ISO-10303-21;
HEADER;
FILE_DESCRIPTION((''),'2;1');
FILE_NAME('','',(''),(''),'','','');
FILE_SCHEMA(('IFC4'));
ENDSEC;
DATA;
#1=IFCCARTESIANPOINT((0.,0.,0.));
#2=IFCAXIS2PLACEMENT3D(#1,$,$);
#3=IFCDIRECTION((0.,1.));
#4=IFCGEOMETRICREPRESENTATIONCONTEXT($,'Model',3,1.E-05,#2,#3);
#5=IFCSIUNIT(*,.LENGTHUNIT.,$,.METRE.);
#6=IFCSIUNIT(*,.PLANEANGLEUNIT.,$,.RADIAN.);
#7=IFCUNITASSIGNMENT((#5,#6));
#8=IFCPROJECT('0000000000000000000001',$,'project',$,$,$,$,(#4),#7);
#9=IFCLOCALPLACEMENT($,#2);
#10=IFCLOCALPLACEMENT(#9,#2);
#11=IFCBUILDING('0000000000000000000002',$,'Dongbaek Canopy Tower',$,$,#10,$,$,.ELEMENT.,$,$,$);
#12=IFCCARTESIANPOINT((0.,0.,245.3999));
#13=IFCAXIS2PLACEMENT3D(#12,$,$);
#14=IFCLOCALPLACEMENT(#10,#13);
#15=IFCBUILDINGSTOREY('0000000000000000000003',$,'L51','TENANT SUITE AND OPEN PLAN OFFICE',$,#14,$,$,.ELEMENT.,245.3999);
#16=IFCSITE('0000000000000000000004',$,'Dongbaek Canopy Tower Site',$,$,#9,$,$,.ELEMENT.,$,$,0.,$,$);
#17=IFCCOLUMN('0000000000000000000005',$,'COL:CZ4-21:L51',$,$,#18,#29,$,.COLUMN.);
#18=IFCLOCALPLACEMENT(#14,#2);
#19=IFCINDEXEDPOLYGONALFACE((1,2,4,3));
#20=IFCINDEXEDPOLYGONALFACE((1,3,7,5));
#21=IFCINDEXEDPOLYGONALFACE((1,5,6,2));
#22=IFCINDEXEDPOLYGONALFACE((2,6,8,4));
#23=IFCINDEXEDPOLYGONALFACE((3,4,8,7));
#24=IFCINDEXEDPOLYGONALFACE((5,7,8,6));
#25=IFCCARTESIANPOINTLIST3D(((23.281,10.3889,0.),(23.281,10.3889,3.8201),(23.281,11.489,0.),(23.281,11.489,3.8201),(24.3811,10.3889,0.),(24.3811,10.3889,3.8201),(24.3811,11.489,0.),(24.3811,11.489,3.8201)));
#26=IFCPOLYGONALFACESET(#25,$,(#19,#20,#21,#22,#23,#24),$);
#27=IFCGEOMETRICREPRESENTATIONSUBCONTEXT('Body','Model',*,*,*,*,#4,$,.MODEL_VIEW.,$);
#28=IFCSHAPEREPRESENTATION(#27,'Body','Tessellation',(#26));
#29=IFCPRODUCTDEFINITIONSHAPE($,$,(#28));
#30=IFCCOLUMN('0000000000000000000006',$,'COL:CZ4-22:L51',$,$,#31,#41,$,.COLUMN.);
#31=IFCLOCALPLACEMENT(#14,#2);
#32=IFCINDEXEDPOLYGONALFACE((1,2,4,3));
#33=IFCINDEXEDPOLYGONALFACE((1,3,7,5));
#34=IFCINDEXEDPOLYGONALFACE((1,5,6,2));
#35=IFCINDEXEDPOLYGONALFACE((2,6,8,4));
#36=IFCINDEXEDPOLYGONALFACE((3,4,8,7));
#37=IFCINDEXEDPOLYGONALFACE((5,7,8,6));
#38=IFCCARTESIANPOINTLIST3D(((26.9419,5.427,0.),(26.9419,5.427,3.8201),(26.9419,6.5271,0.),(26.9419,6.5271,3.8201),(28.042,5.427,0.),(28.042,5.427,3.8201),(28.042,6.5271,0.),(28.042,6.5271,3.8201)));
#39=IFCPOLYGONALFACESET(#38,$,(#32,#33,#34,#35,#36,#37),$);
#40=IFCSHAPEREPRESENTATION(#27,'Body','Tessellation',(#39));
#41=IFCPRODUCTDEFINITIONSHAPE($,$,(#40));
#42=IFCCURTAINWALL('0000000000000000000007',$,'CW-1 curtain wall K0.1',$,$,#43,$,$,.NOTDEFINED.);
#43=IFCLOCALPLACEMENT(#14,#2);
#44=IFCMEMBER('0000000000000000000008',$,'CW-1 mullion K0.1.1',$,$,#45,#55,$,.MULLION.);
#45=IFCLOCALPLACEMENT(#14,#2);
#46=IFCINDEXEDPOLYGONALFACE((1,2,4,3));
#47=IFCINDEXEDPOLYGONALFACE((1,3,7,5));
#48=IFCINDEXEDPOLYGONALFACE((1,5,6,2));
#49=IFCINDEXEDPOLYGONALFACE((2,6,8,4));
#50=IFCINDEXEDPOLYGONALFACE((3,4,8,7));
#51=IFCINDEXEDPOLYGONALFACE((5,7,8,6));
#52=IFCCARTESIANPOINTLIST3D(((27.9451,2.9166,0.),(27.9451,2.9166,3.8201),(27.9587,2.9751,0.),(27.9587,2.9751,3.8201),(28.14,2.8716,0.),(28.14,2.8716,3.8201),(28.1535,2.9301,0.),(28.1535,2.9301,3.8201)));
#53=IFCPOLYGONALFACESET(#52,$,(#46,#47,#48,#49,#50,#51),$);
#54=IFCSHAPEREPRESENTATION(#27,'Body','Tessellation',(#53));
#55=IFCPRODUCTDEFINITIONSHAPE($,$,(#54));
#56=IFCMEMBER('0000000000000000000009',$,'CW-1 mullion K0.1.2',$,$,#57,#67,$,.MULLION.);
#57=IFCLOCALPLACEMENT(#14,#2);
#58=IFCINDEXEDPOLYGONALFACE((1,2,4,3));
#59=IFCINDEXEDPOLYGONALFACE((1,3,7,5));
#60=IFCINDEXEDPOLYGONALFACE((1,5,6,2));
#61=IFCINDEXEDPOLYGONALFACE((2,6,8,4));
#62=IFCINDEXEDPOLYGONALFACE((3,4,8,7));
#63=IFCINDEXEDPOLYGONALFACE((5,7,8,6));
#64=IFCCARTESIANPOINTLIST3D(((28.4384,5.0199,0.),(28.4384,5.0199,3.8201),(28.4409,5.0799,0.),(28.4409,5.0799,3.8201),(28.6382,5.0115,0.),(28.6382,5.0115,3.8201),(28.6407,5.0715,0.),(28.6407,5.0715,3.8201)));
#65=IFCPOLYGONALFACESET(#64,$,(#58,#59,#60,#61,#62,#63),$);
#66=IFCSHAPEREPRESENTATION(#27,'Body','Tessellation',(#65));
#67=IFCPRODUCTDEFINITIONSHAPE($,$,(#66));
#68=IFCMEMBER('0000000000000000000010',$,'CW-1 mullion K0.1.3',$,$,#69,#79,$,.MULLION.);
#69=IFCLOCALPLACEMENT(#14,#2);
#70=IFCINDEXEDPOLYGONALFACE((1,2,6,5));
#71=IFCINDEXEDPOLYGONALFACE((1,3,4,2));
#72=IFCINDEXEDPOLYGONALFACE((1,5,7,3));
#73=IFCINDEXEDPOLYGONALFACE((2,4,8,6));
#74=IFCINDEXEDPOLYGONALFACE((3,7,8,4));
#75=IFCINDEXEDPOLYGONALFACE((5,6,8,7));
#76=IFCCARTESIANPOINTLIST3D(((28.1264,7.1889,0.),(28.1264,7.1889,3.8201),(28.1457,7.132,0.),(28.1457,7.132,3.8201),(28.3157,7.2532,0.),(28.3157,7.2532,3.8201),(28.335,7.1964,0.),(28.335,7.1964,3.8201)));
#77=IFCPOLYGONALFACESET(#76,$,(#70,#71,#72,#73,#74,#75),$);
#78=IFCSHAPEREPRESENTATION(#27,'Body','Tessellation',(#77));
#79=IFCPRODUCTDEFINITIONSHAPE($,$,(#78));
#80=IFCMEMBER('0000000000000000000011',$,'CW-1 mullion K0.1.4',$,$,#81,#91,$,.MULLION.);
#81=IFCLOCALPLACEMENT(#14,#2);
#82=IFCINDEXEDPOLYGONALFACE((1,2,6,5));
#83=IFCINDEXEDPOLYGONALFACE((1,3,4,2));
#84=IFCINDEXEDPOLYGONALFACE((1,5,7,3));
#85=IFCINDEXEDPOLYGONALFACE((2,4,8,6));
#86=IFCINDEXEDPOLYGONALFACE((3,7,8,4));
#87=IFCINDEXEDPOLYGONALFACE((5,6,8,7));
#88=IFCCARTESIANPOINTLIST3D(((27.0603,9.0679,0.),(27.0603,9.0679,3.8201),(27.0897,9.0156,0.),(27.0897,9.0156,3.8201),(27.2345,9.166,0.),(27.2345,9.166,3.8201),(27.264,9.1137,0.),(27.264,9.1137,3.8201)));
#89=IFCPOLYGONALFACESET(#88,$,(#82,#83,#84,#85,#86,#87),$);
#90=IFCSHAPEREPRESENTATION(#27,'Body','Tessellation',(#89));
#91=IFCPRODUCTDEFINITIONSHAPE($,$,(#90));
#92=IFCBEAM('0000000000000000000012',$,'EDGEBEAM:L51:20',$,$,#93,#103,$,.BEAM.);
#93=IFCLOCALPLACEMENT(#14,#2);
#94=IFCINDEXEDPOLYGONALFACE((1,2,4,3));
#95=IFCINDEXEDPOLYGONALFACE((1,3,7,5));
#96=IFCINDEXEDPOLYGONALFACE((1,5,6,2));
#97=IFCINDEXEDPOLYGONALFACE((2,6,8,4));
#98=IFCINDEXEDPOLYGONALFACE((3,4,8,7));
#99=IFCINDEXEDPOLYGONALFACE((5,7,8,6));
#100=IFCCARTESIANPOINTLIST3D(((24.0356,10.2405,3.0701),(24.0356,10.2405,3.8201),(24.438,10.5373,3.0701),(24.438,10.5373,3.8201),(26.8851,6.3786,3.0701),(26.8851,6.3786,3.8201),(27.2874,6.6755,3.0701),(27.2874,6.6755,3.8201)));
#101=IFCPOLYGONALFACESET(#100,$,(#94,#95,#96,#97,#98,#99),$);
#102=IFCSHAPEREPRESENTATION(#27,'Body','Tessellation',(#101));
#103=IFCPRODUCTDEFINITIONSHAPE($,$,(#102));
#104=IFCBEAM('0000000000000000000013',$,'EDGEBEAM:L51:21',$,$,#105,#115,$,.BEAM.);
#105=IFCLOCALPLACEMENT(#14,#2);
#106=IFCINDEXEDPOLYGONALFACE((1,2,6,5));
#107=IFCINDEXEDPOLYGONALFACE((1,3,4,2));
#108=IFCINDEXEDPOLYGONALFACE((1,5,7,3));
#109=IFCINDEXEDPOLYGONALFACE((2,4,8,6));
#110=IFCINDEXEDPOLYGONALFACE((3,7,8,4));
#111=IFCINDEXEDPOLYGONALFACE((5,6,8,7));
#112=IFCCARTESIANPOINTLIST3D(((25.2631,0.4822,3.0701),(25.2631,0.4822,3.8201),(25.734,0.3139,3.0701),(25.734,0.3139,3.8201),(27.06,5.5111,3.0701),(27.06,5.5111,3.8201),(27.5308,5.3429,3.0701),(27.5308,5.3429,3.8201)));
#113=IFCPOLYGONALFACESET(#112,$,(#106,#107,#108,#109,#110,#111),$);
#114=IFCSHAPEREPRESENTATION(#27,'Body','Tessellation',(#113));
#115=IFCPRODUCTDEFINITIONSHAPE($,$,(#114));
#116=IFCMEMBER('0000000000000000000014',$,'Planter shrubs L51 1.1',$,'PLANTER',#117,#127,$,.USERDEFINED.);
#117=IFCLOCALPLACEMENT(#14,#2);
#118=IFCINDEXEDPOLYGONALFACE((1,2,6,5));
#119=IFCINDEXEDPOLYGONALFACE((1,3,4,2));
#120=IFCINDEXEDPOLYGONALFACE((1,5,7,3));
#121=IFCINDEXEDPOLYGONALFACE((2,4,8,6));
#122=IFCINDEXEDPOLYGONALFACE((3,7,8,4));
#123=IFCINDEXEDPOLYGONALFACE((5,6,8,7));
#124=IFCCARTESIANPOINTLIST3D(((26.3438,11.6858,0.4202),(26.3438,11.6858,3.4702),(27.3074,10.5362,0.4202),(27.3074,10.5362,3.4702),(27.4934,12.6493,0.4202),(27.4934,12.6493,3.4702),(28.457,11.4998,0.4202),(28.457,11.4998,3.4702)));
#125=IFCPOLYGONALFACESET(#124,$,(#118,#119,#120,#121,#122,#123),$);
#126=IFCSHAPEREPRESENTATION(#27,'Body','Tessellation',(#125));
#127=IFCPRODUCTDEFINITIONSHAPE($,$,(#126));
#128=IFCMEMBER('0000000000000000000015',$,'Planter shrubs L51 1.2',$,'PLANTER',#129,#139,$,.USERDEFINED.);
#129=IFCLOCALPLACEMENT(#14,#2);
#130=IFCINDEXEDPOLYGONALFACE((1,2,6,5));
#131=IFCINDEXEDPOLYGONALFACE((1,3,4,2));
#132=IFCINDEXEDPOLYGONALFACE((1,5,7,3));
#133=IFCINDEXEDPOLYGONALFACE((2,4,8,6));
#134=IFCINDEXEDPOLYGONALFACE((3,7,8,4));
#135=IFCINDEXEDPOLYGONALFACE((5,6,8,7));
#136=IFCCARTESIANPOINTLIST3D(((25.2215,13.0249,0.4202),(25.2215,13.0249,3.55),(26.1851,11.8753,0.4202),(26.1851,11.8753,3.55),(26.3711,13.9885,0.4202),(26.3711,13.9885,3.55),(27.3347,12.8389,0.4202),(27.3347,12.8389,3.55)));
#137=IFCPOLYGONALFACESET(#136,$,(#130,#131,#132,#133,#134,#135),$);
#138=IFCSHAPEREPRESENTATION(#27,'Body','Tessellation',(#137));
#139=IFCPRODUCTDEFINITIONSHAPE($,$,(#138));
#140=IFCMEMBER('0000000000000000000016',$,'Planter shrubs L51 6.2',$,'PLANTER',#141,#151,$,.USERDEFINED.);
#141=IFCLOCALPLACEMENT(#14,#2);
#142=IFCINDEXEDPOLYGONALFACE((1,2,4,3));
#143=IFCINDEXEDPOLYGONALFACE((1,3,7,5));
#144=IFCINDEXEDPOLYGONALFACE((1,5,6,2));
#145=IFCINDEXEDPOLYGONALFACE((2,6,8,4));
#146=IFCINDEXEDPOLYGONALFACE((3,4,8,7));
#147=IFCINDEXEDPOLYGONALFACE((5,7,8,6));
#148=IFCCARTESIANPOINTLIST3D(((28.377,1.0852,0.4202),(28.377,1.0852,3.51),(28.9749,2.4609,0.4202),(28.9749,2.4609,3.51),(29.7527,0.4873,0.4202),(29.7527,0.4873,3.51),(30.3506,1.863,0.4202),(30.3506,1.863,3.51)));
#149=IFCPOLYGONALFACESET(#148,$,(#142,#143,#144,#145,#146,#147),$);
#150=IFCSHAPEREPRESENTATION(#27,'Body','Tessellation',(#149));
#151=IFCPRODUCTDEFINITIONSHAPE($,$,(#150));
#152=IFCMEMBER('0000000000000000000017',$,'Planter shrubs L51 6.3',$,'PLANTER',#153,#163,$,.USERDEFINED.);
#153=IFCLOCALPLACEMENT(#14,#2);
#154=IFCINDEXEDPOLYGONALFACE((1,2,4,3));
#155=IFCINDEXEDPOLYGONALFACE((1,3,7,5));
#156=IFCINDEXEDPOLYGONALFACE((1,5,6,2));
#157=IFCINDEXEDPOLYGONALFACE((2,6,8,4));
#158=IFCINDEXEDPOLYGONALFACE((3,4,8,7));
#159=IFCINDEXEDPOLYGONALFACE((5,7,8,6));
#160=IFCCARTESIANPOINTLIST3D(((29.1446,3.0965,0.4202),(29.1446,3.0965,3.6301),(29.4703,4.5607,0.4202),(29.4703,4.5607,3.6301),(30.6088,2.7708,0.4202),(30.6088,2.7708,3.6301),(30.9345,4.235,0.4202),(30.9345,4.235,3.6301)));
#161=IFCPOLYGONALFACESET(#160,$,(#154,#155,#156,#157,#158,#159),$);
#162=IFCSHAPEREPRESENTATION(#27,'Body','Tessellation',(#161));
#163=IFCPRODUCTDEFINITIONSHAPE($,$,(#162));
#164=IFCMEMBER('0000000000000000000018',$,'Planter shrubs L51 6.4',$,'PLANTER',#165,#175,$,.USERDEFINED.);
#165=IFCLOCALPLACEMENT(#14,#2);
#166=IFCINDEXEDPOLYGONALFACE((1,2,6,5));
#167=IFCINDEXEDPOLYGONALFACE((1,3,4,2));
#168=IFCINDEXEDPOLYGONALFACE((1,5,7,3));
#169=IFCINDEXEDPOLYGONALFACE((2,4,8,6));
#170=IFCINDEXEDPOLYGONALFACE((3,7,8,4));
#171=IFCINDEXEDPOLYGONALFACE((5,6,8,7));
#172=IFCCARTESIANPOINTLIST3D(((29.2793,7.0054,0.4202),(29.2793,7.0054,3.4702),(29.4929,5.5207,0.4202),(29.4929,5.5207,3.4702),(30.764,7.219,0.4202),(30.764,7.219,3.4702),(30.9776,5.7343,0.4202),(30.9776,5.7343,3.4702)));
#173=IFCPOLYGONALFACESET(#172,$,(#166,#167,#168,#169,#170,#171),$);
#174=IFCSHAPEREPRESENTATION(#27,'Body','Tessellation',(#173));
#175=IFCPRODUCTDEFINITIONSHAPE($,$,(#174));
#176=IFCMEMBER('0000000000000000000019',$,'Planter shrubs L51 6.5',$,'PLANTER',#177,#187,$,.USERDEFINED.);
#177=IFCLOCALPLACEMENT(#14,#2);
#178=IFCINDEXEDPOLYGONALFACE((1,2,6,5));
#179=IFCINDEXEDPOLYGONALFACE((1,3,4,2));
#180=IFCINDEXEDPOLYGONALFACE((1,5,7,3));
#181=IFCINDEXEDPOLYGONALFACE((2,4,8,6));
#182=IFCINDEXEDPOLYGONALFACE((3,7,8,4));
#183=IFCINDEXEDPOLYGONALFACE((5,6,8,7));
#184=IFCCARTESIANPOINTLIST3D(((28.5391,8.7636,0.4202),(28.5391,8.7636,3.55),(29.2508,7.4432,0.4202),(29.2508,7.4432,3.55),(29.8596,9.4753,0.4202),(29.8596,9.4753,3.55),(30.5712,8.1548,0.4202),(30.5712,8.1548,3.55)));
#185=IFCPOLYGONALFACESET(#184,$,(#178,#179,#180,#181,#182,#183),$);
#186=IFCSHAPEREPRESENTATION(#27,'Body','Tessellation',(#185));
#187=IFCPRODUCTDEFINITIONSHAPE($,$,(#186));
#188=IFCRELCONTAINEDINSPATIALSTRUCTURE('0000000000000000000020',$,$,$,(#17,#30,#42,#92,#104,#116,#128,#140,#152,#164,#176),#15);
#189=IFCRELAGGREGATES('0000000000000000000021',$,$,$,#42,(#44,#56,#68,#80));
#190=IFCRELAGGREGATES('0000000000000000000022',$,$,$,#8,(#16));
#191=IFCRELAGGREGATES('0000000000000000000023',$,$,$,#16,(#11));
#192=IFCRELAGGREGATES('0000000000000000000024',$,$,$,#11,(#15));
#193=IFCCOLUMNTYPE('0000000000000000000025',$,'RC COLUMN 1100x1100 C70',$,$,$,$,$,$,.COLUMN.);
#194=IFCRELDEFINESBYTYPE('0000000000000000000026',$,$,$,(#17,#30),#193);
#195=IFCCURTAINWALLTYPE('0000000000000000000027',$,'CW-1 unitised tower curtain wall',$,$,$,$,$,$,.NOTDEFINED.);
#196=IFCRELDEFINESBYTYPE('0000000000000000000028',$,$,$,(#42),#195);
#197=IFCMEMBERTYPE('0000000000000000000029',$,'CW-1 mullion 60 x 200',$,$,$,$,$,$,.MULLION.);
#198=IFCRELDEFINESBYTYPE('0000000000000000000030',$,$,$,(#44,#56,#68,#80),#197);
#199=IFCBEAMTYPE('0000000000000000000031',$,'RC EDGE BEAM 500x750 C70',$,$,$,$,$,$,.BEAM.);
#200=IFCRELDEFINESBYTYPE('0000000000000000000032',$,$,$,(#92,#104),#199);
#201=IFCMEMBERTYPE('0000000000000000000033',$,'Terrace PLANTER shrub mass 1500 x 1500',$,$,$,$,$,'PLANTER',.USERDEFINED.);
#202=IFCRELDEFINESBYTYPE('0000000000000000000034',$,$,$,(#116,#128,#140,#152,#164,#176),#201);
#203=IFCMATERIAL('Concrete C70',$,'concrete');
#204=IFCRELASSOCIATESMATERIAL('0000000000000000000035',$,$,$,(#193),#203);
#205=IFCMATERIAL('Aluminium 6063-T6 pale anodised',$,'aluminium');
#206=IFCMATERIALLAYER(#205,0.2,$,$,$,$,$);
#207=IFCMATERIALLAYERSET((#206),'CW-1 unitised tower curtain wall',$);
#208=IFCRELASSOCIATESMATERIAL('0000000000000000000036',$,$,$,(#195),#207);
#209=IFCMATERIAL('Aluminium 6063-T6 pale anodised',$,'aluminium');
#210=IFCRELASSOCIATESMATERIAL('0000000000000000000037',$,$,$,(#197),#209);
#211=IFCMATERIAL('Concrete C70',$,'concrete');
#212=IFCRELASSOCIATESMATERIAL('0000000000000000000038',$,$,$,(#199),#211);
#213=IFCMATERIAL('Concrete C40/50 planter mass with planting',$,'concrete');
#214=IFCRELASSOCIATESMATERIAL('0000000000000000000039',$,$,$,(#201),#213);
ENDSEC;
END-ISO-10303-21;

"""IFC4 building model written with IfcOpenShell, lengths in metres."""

from ifc_helpers import new_model, si_unit, direction, frame, origin, origin_2d, place, context, subcontext, project, spatial, rectangle, extrude, material, layer, layer_set, material_profile, profile_set, type_object, element, aggregate, save


model = new_model("IFC4")

# Units and contexts
model_context = context("Model", 3, precision=1e-05, world=origin(), true_north=direction((0.0, 1.0)))
body_context = subcontext(model_context, "Body", "Model", "MODEL_VIEW")
ifc_project = project(units=[si_unit("LENGTHUNIT", "METRE"), si_unit("PLANEANGLEUNIT", "RADIAN")], contexts=[model_context])

# Site, building, storey
site_placement = place(None, origin())
site = spatial("IfcSite", under=ifc_project, at=site_placement, Name="Dongbaek Canopy Tower Site", CompositionType="ELEMENT", RefElevation=0.0)
building_placement = place(site_placement, origin())
building = spatial("IfcBuilding", under=site, at=building_placement, Name="Dongbaek Canopy Tower", CompositionType="ELEMENT")
storey_placement = place(building_placement, frame((0.0, 0.0, 245.3999)))
storey = spatial("IfcBuildingStorey", under=building, at=storey_placement, Name="L51", Description="TENANT SUITE AND OPEN PLAN OFFICE", CompositionType="ELEMENT", Elevation=245.3999)

# Columns
ifc_material_1 = material(Name="Concrete C70", Category="concrete")
ifc_material_profile_1 = material_profile(ifc_material_1, rectangle(XDim=1.1001, YDim=1.1001, at=origin_2d()), Name="RC COLUMN 1100x1100 C70")
ifc_profile_set_1 = profile_set([ifc_material_profile_1], Name="Concrete C70")
column_type = type_object("IfcColumnType", Name="RC COLUMN 1100x1100 C70", PredefinedType="COLUMN", material=ifc_profile_set_1)
for number, where, z_axis, x_axis, name in (
    (1, (23.8311, 10.939, 0.0), (0.0, 0.0, 1.0), (1.0, 0.0, 0.0), "COL:CZ4-21:L51"),
    (2, (27.4919, 5.9771, 0.0), (0.0, 0.0, 1.0), (1.0, 0.0, 0.0), "COL:CZ4-22:L51"),
):
    element("IfcColumn", number, at=place(storey_placement, frame(where, z_axis=z_axis, x_axis=x_axis)), inside=storey, type_object=column_type, Name=name, PredefinedType="COLUMN", context=body_context, shape_type="SweptSolid", body=[
        extrude(rectangle(XDim=1.1001, YDim=1.1001, at=origin_2d()), origin(), (0.0, 0.0, 1.0), 3.8201),
    ])

# Curtain wall, members
ifc_material_2 = material(Name="Aluminium 6063-T6 pale anodised", Category="aluminium")
ifc_layer_1 = layer(ifc_material_2, 0.2)
ifc_layer_set_1 = layer_set([ifc_layer_1], Name="CW-1 unitised tower curtain wall")
curtain_wall_type = type_object("IfcCurtainWallType", Name="CW-1 unitised tower curtain wall", PredefinedType="NOTDEFINED", material=ifc_layer_set_1)
curtain_wall_placement = place(storey_placement, origin())
curtain_wall = element("IfcCurtainWall", 3, at=curtain_wall_placement, inside=storey, type_object=curtain_wall_type, Name="CW-1 curtain wall K0.1", PredefinedType="NOTDEFINED")
ifc_material_3 = material(Name="Aluminium 6063-T6 pale anodised", Category="aluminium")
ifc_material_profile_2 = material_profile(ifc_material_3, rectangle(XDim=0.2, YDim=0.0601, at=origin_2d()), Name="CW-1 mullion 60 x 200")
ifc_profile_set_2 = profile_set([ifc_material_profile_2], Name="Aluminium 6063-T6 pale anodised")
member_type_1 = type_object("IfcMemberType", Name="CW-1 mullion 60 x 200", PredefinedType="MULLION", material=ifc_profile_set_2)
member_1_placement = place(storey_placement, frame((28.0493, 2.9233, 0.0), z_axis=(0.0, 0.0, 1.0), x_axis=(0.974362, -0.224987, 0.0)))
member_1 = element("IfcMember", 4, at=member_1_placement, type_object=member_type_1, Name="CW-1 mullion K0.1.1", PredefinedType="MULLION", context=body_context, shape_type="SweptSolid", body=[
    extrude(rectangle(XDim=0.2, YDim=0.0601, at=origin_2d()), origin(), (0.0, 0.0, 1.0), 3.8201),
])
member_2_placement = place(storey_placement, frame((28.5396, 5.0457, 0.0), z_axis=(0.0, 0.0, 1.0), x_axis=(0.999117, -0.042008, 0.0)))
member_2 = element("IfcMember", 5, at=member_2_placement, type_object=member_type_1, Name="CW-1 mullion K0.1.2", PredefinedType="MULLION", context=body_context, shape_type="SweptSolid", body=[
    extrude(rectangle(XDim=0.2, YDim=0.0601, at=origin_2d()), origin(), (0.0, 0.0, 1.0), 3.8201),
])
member_3_placement = place(storey_placement, frame((28.2307, 7.1926, 0.0), z_axis=(0.0, 0.0, 1.0), x_axis=(0.946754, 0.321959, 0.0)))
member_3 = element("IfcMember", 6, at=member_3_placement, type_object=member_type_1, Name="CW-1 mullion K0.1.3", PredefinedType="MULLION", context=body_context, shape_type="SweptSolid", body=[
    extrude(rectangle(XDim=0.2, YDim=0.0601, at=origin_2d()), origin(), (0.0, 0.0, 1.0), 3.8201),
])
member_4_placement = place(storey_placement, frame((27.1621, 9.0908, 0.0), z_axis=(0.0, 0.0, 1.0), x_axis=(0.87142, 0.490538, 0.0)))
member_4 = element("IfcMember", 7, at=member_4_placement, type_object=member_type_1, Name="CW-1 mullion K0.1.4", PredefinedType="MULLION", context=body_context, shape_type="SweptSolid", body=[
    extrude(rectangle(XDim=0.2, YDim=0.0601, at=origin_2d()), origin(), (0.0, 0.0, 1.0), 3.8201),
])

# Beams
ifc_material_4 = material(Name="Concrete C70", Category="concrete")
ifc_material_profile_3 = material_profile(ifc_material_4, rectangle(XDim=0.5, YDim=0.75, at=origin_2d()), Name="RC EDGE BEAM 500x750 C70")
ifc_profile_set_3 = profile_set([ifc_material_profile_3], Name="Concrete C70")
beam_type = type_object("IfcBeamType", Name="RC EDGE BEAM 500x750 C70", PredefinedType="BEAM", material=ifc_profile_set_3)
beam_1_placement = place(storey_placement, frame((24.2368, 10.3889, 3.4451), z_axis=(0.593714, -0.804676, 0.0), x_axis=(0.804676, 0.593714, 0.0)))
element("IfcBeam", 8, at=beam_1_placement, inside=storey, type_object=beam_type, Name="EDGEBEAM:L51:20", PredefinedType="BEAM", context=body_context, shape_type="SweptSolid", body=[
    extrude(rectangle(XDim=0.5, YDim=0.75, at=origin_2d()), origin(), (0.0, 0.0, 1.0), 4.7993),
])
beam_2_placement = place(storey_placement, frame((27.2954, 5.427, 3.4451), z_axis=(-0.336467, -0.941695, 0.0), x_axis=(0.941695, -0.336467, 0.0)))
element("IfcBeam", 9, at=beam_2_placement, inside=storey, type_object=beam_type, Name="EDGEBEAM:L51:21", PredefinedType="BEAM", context=body_context, shape_type="SweptSolid", body=[
    extrude(rectangle(XDim=0.5, YDim=0.75, at=origin_2d()), origin(), (0.0, 0.0, 1.0), 5.3403),
])

# Members
ifc_material_5 = material(Name="Concrete C40/50 planter mass with planting", Category="concrete")
ifc_material_profile_4 = material_profile(ifc_material_5, rectangle(XDim=1.5, YDim=1.5, at=origin_2d()), Name="Terrace PLANTER shrub mass 1500 x 1500")
ifc_profile_set_4 = profile_set([ifc_material_profile_4], Name="Concrete C40/50 planter mass with planting")
member_type_2 = type_object("IfcMemberType", Name="Terrace PLANTER shrub mass 1500 x 1500", ElementType="PLANTER", PredefinedType="USERDEFINED", material=ifc_profile_set_4)
member_5_placement = place(storey_placement, frame((27.4004, 11.5928, 0.4202), z_axis=(0.0, 0.0, 1.0), x_axis=(0.766375, 0.642393, 0.0)))
element("IfcMember", 10, at=member_5_placement, inside=storey, type_object=member_type_2, Name="Planter shrubs L51 1.1", ObjectType="PLANTER", PredefinedType="USERDEFINED", context=body_context, shape_type="SweptSolid", body=[
    extrude(rectangle(XDim=1.5, YDim=1.5, at=origin_2d()), origin(), (0.0, 0.0, 1.0), 3.05),
])
member_6_placement = place(storey_placement, frame((26.2781, 12.9319, 0.4202), z_axis=(0.0, 0.0, 1.0), x_axis=(0.766375, 0.642393, 0.0)))
element("IfcMember", 11, at=member_6_placement, inside=storey, type_object=member_type_2, Name="Planter shrubs L51 1.2", ObjectType="PLANTER", PredefinedType="USERDEFINED", context=body_context, shape_type="SweptSolid", body=[
    extrude(rectangle(XDim=1.5, YDim=1.5, at=origin_2d()), origin(), (0.0, 0.0, 1.0), 3.1299),
])
member_7_placement = place(storey_placement, frame((29.3638, 1.4741, 0.4202), z_axis=(0.0, 0.0, 1.0), x_axis=(0.917131, -0.398585, 0.0)))
element("IfcMember", 12, at=member_7_placement, inside=storey, type_object=member_type_2, Name="Planter shrubs L51 6.2", ObjectType="PLANTER", PredefinedType="USERDEFINED", context=body_context, shape_type="SweptSolid", body=[
    extrude(rectangle(XDim=1.5, YDim=1.5, at=origin_2d()), origin(), (0.0, 0.0, 1.0), 3.0898),
])
member_8_placement = place(storey_placement, frame((30.0396, 3.6658, 0.4202), z_axis=(0.0, 0.0, 1.0), x_axis=(0.976147, -0.21711, 0.0)))
element("IfcMember", 13, at=member_8_placement, inside=storey, type_object=member_type_2, Name="Planter shrubs L51 6.3", ObjectType="PLANTER", PredefinedType="USERDEFINED", context=body_context, shape_type="SweptSolid", body=[
    extrude(rectangle(XDim=1.5, YDim=1.5, at=origin_2d()), origin(), (0.0, 0.0, 1.0), 3.21),
])
member_9_placement = place(storey_placement, frame((30.1284, 6.3699, 0.4202), z_axis=(0.0, 0.0, 1.0), x_axis=(0.989809, 0.142403, 0.0)))
element("IfcMember", 14, at=member_9_placement, inside=storey, type_object=member_type_2, Name="Planter shrubs L51 6.4", ObjectType="PLANTER", PredefinedType="USERDEFINED", context=body_context, shape_type="SweptSolid", body=[
    extrude(rectangle(XDim=1.5, YDim=1.5, at=origin_2d()), origin(), (0.0, 0.0, 1.0), 3.05),
])
member_10_placement = place(storey_placement, frame((29.5552, 8.4592, 0.4202), z_axis=(0.0, 0.0, 1.0), x_axis=(0.880289, 0.474437, 0.0)))
element("IfcMember", 15, at=member_10_placement, inside=storey, type_object=member_type_2, Name="Planter shrubs L51 6.5", ObjectType="PLANTER", PredefinedType="USERDEFINED", context=body_context, shape_type="SweptSolid", body=[
    extrude(rectangle(XDim=1.5, YDim=1.5, at=origin_2d()), origin(), (0.0, 0.0, 1.0), 3.1299),
])

aggregate(curtain_wall, [member_1, member_2, member_3, member_4])

save(model, "model.ifc")
